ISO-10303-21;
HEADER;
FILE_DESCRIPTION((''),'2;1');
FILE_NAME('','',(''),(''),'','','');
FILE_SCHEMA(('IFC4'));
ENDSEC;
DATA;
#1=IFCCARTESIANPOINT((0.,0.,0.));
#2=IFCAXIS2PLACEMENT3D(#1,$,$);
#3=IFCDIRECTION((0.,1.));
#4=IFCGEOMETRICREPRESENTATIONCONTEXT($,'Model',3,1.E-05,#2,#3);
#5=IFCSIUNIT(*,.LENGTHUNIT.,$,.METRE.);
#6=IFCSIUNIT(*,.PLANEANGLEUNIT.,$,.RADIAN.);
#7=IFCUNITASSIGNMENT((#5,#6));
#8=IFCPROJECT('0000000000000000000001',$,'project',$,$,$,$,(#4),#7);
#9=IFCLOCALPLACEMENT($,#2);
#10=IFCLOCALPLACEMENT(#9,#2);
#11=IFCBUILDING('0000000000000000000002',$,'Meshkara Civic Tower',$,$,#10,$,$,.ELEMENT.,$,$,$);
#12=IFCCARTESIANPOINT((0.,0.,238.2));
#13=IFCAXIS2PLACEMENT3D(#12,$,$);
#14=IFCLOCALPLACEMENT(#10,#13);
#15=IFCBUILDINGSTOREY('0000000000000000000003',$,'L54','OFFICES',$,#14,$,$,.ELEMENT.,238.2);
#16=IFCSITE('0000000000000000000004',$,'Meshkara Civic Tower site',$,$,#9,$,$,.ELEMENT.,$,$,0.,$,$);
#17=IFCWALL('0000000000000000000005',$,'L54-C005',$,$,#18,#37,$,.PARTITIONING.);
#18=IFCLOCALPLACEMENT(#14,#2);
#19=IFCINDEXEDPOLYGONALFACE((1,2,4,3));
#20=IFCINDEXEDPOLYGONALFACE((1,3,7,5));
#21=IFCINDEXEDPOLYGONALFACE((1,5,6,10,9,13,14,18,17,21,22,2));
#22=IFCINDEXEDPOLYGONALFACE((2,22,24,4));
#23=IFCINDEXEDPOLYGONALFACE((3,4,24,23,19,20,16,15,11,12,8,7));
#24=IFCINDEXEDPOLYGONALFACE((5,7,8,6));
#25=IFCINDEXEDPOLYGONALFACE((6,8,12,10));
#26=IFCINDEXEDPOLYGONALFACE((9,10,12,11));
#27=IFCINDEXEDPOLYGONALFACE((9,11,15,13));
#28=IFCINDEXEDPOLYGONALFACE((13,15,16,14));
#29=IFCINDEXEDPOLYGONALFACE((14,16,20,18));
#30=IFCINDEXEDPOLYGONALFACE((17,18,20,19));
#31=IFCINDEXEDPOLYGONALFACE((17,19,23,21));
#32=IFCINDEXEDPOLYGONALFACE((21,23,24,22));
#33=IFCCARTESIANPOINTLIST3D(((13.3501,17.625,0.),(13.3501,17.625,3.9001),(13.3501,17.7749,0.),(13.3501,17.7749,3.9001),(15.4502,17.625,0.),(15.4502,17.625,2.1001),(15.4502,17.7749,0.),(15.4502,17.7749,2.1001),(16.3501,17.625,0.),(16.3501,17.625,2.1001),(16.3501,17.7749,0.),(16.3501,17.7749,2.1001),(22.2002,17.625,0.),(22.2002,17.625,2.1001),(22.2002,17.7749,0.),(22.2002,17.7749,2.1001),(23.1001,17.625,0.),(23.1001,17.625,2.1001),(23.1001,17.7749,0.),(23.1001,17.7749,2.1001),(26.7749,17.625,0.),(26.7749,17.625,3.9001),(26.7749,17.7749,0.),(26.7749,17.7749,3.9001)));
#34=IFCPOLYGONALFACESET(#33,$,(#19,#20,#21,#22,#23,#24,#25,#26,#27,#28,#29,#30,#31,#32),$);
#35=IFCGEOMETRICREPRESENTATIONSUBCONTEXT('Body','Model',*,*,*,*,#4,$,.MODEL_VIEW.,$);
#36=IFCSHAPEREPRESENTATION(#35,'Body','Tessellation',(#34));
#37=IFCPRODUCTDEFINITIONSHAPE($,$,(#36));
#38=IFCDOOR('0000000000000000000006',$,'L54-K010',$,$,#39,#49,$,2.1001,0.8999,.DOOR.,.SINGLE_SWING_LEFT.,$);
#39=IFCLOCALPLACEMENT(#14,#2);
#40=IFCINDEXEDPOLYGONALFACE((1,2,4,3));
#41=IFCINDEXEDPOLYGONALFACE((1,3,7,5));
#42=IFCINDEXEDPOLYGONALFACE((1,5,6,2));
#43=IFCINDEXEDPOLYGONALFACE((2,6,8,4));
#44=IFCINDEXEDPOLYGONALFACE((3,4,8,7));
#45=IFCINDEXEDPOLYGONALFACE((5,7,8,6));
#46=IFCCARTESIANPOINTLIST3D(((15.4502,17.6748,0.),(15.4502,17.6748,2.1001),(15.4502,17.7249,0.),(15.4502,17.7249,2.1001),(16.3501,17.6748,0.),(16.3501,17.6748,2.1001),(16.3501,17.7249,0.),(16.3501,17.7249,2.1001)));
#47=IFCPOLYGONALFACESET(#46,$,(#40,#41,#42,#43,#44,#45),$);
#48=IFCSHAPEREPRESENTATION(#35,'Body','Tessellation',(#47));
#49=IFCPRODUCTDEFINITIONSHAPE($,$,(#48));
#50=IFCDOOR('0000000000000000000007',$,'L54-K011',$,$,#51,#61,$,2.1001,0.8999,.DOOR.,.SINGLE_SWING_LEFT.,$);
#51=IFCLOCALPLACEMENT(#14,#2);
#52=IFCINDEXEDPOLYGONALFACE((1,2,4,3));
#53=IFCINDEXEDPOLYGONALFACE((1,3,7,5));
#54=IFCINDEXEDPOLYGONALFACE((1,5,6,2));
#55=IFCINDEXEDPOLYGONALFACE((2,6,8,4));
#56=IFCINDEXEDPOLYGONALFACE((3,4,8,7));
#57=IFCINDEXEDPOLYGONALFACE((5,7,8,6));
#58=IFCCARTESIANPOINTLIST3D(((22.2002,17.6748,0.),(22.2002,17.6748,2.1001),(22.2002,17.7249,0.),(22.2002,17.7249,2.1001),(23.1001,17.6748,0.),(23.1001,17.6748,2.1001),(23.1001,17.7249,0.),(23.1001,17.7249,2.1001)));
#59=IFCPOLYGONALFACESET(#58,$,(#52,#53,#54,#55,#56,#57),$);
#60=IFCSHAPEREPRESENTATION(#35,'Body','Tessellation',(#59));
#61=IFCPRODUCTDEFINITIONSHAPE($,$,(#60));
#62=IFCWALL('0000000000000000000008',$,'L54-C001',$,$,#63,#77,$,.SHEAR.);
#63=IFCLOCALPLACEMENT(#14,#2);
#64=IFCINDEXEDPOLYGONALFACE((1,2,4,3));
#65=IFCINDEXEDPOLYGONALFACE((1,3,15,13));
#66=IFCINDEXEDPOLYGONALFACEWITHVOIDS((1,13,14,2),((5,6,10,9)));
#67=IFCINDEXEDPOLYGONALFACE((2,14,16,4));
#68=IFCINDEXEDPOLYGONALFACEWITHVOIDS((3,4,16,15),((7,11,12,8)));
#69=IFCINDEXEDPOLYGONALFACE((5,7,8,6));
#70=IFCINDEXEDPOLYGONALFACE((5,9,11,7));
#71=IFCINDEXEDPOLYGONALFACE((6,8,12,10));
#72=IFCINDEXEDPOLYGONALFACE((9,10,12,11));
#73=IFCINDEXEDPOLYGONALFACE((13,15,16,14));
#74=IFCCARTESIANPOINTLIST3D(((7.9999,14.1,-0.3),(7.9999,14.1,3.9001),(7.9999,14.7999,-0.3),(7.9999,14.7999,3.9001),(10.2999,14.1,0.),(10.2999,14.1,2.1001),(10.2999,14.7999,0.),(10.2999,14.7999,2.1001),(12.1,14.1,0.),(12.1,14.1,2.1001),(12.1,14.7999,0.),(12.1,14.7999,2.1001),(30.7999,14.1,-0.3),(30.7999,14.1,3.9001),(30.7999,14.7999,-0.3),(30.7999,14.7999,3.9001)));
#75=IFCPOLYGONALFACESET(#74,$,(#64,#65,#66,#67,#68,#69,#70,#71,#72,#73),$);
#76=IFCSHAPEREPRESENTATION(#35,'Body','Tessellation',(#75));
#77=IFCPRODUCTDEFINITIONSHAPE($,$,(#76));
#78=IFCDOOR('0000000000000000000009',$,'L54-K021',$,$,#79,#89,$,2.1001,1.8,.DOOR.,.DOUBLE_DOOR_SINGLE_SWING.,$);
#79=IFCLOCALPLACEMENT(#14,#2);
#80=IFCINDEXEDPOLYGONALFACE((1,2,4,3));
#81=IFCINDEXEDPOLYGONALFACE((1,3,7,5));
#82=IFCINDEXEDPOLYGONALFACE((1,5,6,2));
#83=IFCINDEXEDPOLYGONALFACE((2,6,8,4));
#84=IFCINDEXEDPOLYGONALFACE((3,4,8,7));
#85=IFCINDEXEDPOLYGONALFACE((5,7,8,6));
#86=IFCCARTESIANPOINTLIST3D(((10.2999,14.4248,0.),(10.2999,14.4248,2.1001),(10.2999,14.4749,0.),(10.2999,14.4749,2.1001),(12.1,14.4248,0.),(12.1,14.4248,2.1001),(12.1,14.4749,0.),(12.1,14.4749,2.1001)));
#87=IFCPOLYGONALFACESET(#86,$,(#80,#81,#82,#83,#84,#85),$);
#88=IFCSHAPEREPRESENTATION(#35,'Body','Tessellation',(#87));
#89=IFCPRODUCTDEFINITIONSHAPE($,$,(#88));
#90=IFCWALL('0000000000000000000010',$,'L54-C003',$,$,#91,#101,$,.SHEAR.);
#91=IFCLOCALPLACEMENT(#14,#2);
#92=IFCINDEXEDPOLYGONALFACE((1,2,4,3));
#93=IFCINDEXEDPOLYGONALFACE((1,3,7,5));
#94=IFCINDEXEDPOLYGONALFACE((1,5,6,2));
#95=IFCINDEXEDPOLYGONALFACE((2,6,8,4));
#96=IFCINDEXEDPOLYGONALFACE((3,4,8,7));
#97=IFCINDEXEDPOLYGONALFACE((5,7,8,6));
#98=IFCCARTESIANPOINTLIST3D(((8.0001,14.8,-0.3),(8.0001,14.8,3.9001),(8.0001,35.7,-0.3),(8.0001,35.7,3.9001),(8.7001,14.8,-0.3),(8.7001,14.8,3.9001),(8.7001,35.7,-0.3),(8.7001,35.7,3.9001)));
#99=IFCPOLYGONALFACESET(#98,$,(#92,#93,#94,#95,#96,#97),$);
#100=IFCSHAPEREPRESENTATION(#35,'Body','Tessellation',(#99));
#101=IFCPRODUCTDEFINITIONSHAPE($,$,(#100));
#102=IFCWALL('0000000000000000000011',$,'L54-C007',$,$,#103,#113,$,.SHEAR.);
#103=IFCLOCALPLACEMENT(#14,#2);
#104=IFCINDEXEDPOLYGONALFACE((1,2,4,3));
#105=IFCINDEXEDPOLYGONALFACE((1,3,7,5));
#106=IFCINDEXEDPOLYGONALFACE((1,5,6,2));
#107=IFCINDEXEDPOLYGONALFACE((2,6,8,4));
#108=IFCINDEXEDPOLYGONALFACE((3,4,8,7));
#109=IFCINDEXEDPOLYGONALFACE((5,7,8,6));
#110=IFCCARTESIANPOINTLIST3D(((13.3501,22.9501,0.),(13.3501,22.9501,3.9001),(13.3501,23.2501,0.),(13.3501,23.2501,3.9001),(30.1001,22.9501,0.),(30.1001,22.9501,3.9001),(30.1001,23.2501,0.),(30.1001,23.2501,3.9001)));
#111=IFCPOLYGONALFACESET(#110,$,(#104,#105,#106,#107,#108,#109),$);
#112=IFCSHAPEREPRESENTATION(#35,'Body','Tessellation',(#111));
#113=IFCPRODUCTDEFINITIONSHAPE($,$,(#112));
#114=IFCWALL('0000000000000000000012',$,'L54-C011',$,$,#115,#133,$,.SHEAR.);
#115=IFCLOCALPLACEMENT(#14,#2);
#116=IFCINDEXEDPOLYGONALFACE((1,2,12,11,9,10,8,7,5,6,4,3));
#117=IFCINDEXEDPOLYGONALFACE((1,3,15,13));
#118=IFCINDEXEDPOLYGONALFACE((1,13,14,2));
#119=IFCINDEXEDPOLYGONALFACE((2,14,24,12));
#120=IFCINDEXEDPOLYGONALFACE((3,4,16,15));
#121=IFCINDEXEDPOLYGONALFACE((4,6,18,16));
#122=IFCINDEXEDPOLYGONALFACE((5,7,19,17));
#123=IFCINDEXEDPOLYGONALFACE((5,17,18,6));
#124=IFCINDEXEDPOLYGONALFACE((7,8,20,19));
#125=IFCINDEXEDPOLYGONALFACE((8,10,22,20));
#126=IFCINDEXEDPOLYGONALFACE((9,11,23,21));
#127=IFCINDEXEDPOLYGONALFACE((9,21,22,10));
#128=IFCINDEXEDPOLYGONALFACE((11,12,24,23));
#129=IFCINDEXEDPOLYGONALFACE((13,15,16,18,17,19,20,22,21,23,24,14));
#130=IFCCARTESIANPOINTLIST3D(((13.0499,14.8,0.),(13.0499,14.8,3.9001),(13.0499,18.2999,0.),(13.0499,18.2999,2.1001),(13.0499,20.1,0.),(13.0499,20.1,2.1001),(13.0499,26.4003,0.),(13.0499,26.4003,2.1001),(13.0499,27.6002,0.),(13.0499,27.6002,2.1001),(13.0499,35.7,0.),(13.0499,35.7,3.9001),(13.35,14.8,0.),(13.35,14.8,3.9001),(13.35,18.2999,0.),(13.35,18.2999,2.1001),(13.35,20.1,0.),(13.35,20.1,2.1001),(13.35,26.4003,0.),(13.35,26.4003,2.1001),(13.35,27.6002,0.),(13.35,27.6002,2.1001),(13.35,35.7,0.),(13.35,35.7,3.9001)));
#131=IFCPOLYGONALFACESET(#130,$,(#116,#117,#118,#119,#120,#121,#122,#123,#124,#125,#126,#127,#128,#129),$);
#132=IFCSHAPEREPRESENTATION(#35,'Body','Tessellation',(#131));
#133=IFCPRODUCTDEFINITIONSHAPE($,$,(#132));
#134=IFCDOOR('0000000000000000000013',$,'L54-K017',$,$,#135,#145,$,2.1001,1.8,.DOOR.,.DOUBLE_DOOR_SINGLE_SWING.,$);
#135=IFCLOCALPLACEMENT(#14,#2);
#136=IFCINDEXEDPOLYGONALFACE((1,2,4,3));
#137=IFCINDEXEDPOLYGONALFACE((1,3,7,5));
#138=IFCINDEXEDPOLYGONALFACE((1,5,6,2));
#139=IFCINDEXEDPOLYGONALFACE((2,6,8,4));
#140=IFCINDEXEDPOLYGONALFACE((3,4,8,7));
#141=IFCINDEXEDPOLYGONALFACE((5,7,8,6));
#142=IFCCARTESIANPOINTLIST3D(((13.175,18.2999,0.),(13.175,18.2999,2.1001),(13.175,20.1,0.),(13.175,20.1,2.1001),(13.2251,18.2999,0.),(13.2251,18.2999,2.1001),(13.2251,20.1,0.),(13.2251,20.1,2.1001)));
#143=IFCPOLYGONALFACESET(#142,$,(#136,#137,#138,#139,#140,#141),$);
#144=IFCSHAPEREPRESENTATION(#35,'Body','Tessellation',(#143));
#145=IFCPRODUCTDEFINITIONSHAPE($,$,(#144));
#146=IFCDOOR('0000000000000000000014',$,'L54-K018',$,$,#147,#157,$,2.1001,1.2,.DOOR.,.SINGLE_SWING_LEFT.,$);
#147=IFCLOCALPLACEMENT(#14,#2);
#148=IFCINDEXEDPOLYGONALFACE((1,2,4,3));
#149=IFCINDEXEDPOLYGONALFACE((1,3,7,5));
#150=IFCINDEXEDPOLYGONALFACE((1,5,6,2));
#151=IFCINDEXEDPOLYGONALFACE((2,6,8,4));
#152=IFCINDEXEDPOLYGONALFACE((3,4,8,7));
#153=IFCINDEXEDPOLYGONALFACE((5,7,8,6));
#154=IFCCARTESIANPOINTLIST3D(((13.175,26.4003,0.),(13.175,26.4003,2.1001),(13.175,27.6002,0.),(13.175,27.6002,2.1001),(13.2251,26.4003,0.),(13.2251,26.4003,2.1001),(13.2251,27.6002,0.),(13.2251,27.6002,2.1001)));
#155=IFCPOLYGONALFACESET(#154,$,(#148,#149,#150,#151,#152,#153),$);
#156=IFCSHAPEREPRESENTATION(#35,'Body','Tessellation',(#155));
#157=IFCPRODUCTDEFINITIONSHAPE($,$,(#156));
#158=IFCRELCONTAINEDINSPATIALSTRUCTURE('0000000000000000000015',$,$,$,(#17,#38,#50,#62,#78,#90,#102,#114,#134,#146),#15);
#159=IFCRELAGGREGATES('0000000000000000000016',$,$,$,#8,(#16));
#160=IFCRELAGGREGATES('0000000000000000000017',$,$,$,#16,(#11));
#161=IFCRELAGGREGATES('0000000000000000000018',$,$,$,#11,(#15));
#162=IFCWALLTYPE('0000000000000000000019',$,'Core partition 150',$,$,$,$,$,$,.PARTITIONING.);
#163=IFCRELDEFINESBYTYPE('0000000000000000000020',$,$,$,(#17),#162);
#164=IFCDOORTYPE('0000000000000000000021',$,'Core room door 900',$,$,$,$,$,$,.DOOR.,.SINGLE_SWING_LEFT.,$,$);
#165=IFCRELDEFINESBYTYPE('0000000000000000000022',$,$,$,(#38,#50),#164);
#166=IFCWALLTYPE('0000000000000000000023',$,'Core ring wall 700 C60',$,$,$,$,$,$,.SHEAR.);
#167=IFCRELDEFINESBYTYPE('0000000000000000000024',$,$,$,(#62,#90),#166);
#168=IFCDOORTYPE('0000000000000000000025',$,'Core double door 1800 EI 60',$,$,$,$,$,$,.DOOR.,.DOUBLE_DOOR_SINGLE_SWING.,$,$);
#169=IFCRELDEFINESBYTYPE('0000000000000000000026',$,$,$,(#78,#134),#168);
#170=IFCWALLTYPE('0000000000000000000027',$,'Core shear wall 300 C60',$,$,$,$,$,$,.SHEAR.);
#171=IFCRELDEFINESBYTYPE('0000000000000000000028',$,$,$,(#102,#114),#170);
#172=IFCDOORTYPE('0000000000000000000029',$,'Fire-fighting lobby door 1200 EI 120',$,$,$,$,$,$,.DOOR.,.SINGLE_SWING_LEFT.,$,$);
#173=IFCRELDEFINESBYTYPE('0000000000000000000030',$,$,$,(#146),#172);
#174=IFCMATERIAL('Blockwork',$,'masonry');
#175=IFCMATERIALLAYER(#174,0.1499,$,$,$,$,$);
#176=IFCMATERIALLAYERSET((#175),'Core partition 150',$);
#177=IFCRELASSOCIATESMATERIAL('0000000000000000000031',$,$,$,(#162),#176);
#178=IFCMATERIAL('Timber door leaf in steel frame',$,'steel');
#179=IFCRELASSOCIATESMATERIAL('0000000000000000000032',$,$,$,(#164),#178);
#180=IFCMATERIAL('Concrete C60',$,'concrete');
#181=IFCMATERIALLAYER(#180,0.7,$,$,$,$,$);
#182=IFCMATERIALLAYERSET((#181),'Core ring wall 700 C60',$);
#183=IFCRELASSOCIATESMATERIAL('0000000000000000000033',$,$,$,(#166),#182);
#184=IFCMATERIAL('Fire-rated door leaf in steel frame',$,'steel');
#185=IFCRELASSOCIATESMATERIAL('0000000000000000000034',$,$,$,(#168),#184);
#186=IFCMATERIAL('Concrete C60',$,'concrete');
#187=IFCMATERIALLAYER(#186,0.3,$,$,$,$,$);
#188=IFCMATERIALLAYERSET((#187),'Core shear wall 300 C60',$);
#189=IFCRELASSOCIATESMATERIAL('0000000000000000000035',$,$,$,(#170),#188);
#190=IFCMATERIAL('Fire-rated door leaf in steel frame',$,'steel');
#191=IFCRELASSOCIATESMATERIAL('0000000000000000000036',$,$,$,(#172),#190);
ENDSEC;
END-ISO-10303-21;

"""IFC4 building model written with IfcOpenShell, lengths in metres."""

from ifc_helpers import new_model, si_unit, direction, frame, frame_2d, origin, place, context, subcontext, project, spatial, rectangle, extrude, material, layer, layer_set, type_object, element, fill, save


model = new_model("IFC4")

# Units and contexts
model_context = context("Model", 3, precision=1e-05, world=origin(), true_north=direction((0.0, 1.0)))
body_context = subcontext(model_context, "Body", "Model", "MODEL_VIEW")
ifc_project = project(units=[si_unit("LENGTHUNIT", "METRE"), si_unit("PLANEANGLEUNIT", "RADIAN")], contexts=[model_context])

# Site, building, storey
site_placement = place(None, origin())
site = spatial("IfcSite", under=ifc_project, at=site_placement, Name="Meshkara Civic Tower site", CompositionType="ELEMENT", RefElevation=0.0)
building_placement = place(site_placement, origin())
building = spatial("IfcBuilding", under=site, at=building_placement, Name="Meshkara Civic Tower", CompositionType="ELEMENT")
storey_placement = place(building_placement, frame((0.0, 0.0, 238.2)))
storey = spatial("IfcBuildingStorey", under=building, at=storey_placement, Name="L54", Description="OFFICES", CompositionType="ELEMENT", Elevation=238.2)

# Wall, openings, doors
ifc_material_1 = material(Name="Blockwork", Category="masonry")
ifc_layer_1 = layer(ifc_material_1, 0.1499)
ifc_layer_set_1 = layer_set([ifc_layer_1], Name="Core partition 150")
wall_type_1 = type_object("IfcWallType", Name="Core partition 150", PredefinedType="PARTITIONING", material=ifc_layer_set_1)
wall_1_placement = place(storey_placement, frame((13.3501, 17.7, 0.0), z_axis=(0.0, 0.0, 1.0), x_axis=(1.0, 0.0, 0.0)))
wall_1 = element("IfcWall", 1, at=wall_1_placement, inside=storey, type_object=wall_type_1, Name="L54-C005", PredefinedType="PARTITIONING", context=body_context, shape_type="SweptSolid", body=[
    extrude(rectangle(XDim=13.4248, YDim=0.1499, at=frame_2d((6.7124, 0.0))), origin(), (0.0, 0.0, 1.0), 3.9001),
])
opening_1_placement = place(wall_1_placement, frame((2.1001, 0.0, 0.0)))
opening_1 = element("IfcOpeningElement", 2, at=opening_1_placement, cuts=wall_1, PredefinedType="OPENING", context=body_context, shape_type="SweptSolid", body=[
    extrude(rectangle(XDim=0.8999, YDim=2.1001, at=frame_2d((0.45, 1.05))), frame((0.0, 0.085, 0.0), z_axis=(0.0, -1.0, 0.0), x_axis=(1.0, 0.0, 0.0)), (0.0, 0.0, 1.0), 0.1699),
])
opening_2_placement = place(wall_1_placement, frame((8.8501, 0.0, 0.0)))
opening_2 = element("IfcOpeningElement", 3, at=opening_2_placement, cuts=wall_1, PredefinedType="OPENING", context=body_context, shape_type="SweptSolid", body=[
    extrude(rectangle(XDim=0.8999, YDim=2.1001, at=frame_2d((0.45, 1.05))), frame((0.0, 0.085, 0.0), z_axis=(0.0, -1.0, 0.0), x_axis=(1.0, 0.0, 0.0)), (0.0, 0.0, 1.0), 0.1699),
])
ifc_material_2 = material(Name="Timber door leaf in steel frame", Category="steel")
door_type_1 = type_object("IfcDoorType", Name="Core room door 900", OperationType="SINGLE_SWING_LEFT", PredefinedType="DOOR", material=ifc_material_2)
door_1_placement = place(opening_1_placement, origin())
door_1 = element("IfcDoor", 4, at=door_1_placement, inside=storey, type_object=door_type_1, Name="L54-K010", OperationType="SINGLE_SWING_LEFT", OverallHeight=2.1001, OverallWidth=0.8999, PredefinedType="DOOR", context=body_context, shape_type="SweptSolid", body=[
    extrude(rectangle(XDim=0.8999, YDim=2.1001, at=frame_2d((0.45, 1.05))), frame((0.0, 0.0249, 0.0), z_axis=(0.0, -1.0, 0.0), x_axis=(1.0, 0.0, 0.0)), (0.0, 0.0, 1.0), 0.05),
])
fill(opening_1, door_1)
door_2_placement = place(opening_2_placement, origin())
door_2 = element("IfcDoor", 5, at=door_2_placement, inside=storey, type_object=door_type_1, Name="L54-K011", OperationType="SINGLE_SWING_LEFT", OverallHeight=2.1001, OverallWidth=0.8999, PredefinedType="DOOR", context=body_context, shape_type="SweptSolid", body=[
    extrude(rectangle(XDim=0.8999, YDim=2.1001, at=frame_2d((0.45, 1.05))), frame((0.0, 0.0249, 0.0), z_axis=(0.0, -1.0, 0.0), x_axis=(1.0, 0.0, 0.0)), (0.0, 0.0, 1.0), 0.05),
])
fill(opening_2, door_2)

# Wall, opening, door
ifc_material_3 = material(Name="Concrete C60", Category="concrete")
ifc_layer_2 = layer(ifc_material_3, 0.7)
ifc_layer_set_2 = layer_set([ifc_layer_2], Name="Core ring wall 700 C60")
wall_type_2 = type_object("IfcWallType", Name="Core ring wall 700 C60", PredefinedType="SHEAR", material=ifc_layer_set_2)
wall_2_placement = place(storey_placement, frame((8.0, 14.45, -0.3), z_axis=(0.0, 0.0, 1.0), x_axis=(1.0, 0.0, 0.0)))
wall_2 = element("IfcWall", 6, at=wall_2_placement, inside=storey, type_object=wall_type_2, Name="L54-C001", PredefinedType="SHEAR", context=body_context, shape_type="SweptSolid", body=[
    extrude(rectangle(XDim=22.8, YDim=0.7, at=frame_2d((11.3999, 0.0))), origin(), (0.0, 0.0, 1.0), 4.2002),
])
opening_3_placement = place(wall_2_placement, frame((2.3, 0.0, 0.3)))
opening_3 = element("IfcOpeningElement", 7, at=opening_3_placement, cuts=wall_2, PredefinedType="OPENING", context=body_context, shape_type="SweptSolid", body=[
    extrude(rectangle(XDim=1.8, YDim=2.1001, at=frame_2d((0.8999, 1.05))), frame((0.0, 0.3599, 0.0), z_axis=(0.0, -1.0, 0.0), x_axis=(1.0, 0.0, 0.0)), (0.0, 0.0, 1.0), 0.72),
])
ifc_material_4 = material(Name="Fire-rated door leaf in steel frame", Category="steel")
door_type_2 = type_object("IfcDoorType", Name="Core double door 1800 EI 60", OperationType="DOUBLE_DOOR_SINGLE_SWING", PredefinedType="DOOR", material=ifc_material_4)
door_3_placement = place(opening_3_placement, origin())
door_3 = element("IfcDoor", 8, at=door_3_placement, inside=storey, type_object=door_type_2, Name="L54-K021", OperationType="DOUBLE_DOOR_SINGLE_SWING", OverallHeight=2.1001, OverallWidth=1.8, PredefinedType="DOOR", context=body_context, shape_type="SweptSolid", body=[
    extrude(rectangle(XDim=1.8, YDim=2.1001, at=frame_2d((0.8999, 1.05))), frame((0.0, 0.0249, 0.0), z_axis=(0.0, -1.0, 0.0), x_axis=(1.0, 0.0, 0.0)), (0.0, 0.0, 1.0), 0.05),
])
fill(opening_3, door_3)

# Walls
wall_3_placement = place(storey_placement, frame((8.3501, 14.8, -0.3), z_axis=(0.0, 0.0, 1.0), x_axis=(0.0, 1.0, 0.0)))
element("IfcWall", 9, at=wall_3_placement, inside=storey, type_object=wall_type_2, Name="L54-C003", PredefinedType="SHEAR", context=body_context, shape_type="SweptSolid", body=[
    extrude(rectangle(XDim=20.8999, YDim=0.7, at=frame_2d((10.45, 0.0))), origin(), (0.0, 0.0, 1.0), 4.2002),
])
ifc_material_5 = material(Name="Concrete C60", Category="concrete")
ifc_layer_3 = layer(ifc_material_5, 0.3)
ifc_layer_set_3 = layer_set([ifc_layer_3], Name="Core shear wall 300 C60")
wall_type_3 = type_object("IfcWallType", Name="Core shear wall 300 C60", PredefinedType="SHEAR", material=ifc_layer_set_3)
wall_4_placement = place(storey_placement, frame((13.3501, 23.1001, 0.0), z_axis=(0.0, 0.0, 1.0), x_axis=(1.0, 0.0, 0.0)))
element("IfcWall", 10, at=wall_4_placement, inside=storey, type_object=wall_type_3, Name="L54-C007", PredefinedType="SHEAR", context=body_context, shape_type="SweptSolid", body=[
    extrude(rectangle(XDim=16.75, YDim=0.3, at=frame_2d((8.375, 0.0))), origin(), (0.0, 0.0, 1.0), 3.9001),
])

# Wall, openings, doors
wall_5_placement = place(storey_placement, frame((13.2, 14.8, 0.0), z_axis=(0.0, 0.0, 1.0), x_axis=(0.0, 1.0, 0.0)))
wall_5 = element("IfcWall", 11, at=wall_5_placement, inside=storey, type_object=wall_type_3, Name="L54-C011", PredefinedType="SHEAR", context=body_context, shape_type="SweptSolid", body=[
    extrude(rectangle(XDim=20.8999, YDim=0.3, at=frame_2d((10.45, 0.0))), origin(), (0.0, 0.0, 1.0), 3.9001),
])
opening_4_placement = place(wall_5_placement, frame((3.5, 0.0, 0.0)))
opening_4 = element("IfcOpeningElement", 12, at=opening_4_placement, cuts=wall_5, PredefinedType="OPENING", context=body_context, shape_type="SweptSolid", body=[
    extrude(rectangle(XDim=1.8, YDim=2.1001, at=frame_2d((0.8999, 1.05))), frame((0.0, 0.1599, 0.0), z_axis=(0.0, -1.0, 0.0), x_axis=(1.0, 0.0, 0.0)), (0.0, 0.0, 1.0), 0.3201),
])
opening_5_placement = place(wall_5_placement, frame((11.6001, 0.0, 0.0)))
opening_5 = element("IfcOpeningElement", 13, at=opening_5_placement, cuts=wall_5, PredefinedType="OPENING", context=body_context, shape_type="SweptSolid", body=[
    extrude(rectangle(XDim=1.2, YDim=2.1001, at=frame_2d((0.6001, 1.05))), frame((0.0, 0.1599, 0.0), z_axis=(0.0, -1.0, 0.0), x_axis=(1.0, 0.0, 0.0)), (0.0, 0.0, 1.0), 0.3201),
])
door_4_placement = place(opening_4_placement, origin())
door_4 = element("IfcDoor", 14, at=door_4_placement, inside=storey, type_object=door_type_2, Name="L54-K017", OperationType="DOUBLE_DOOR_SINGLE_SWING", OverallHeight=2.1001, OverallWidth=1.8, PredefinedType="DOOR", context=body_context, shape_type="SweptSolid", body=[
    extrude(rectangle(XDim=1.8, YDim=2.1001, at=frame_2d((0.8999, 1.05))), frame((0.0, 0.0249, 0.0), z_axis=(0.0, -1.0, 0.0), x_axis=(1.0, 0.0, 0.0)), (0.0, 0.0, 1.0), 0.05),
])
fill(opening_4, door_4)
ifc_material_6 = material(Name="Fire-rated door leaf in steel frame", Category="steel")
door_type_3 = type_object("IfcDoorType", Name="Fire-fighting lobby door 1200 EI 120", OperationType="SINGLE_SWING_LEFT", PredefinedType="DOOR", material=ifc_material_6)
door_5_placement = place(opening_5_placement, origin())
door_5 = element("IfcDoor", 15, at=door_5_placement, inside=storey, type_object=door_type_3, Name="L54-K018", OperationType="SINGLE_SWING_LEFT", OverallHeight=2.1001, OverallWidth=1.2, PredefinedType="DOOR", context=body_context, shape_type="SweptSolid", body=[
    extrude(rectangle(XDim=1.2, YDim=2.1001, at=frame_2d((0.6001, 1.05))), frame((0.0, 0.0249, 0.0), z_axis=(0.0, -1.0, 0.0), x_axis=(1.0, 0.0, 0.0)), (0.0, 0.0, 1.0), 0.05),
])
fill(opening_5, door_5)

save(model, "model.ifc")
